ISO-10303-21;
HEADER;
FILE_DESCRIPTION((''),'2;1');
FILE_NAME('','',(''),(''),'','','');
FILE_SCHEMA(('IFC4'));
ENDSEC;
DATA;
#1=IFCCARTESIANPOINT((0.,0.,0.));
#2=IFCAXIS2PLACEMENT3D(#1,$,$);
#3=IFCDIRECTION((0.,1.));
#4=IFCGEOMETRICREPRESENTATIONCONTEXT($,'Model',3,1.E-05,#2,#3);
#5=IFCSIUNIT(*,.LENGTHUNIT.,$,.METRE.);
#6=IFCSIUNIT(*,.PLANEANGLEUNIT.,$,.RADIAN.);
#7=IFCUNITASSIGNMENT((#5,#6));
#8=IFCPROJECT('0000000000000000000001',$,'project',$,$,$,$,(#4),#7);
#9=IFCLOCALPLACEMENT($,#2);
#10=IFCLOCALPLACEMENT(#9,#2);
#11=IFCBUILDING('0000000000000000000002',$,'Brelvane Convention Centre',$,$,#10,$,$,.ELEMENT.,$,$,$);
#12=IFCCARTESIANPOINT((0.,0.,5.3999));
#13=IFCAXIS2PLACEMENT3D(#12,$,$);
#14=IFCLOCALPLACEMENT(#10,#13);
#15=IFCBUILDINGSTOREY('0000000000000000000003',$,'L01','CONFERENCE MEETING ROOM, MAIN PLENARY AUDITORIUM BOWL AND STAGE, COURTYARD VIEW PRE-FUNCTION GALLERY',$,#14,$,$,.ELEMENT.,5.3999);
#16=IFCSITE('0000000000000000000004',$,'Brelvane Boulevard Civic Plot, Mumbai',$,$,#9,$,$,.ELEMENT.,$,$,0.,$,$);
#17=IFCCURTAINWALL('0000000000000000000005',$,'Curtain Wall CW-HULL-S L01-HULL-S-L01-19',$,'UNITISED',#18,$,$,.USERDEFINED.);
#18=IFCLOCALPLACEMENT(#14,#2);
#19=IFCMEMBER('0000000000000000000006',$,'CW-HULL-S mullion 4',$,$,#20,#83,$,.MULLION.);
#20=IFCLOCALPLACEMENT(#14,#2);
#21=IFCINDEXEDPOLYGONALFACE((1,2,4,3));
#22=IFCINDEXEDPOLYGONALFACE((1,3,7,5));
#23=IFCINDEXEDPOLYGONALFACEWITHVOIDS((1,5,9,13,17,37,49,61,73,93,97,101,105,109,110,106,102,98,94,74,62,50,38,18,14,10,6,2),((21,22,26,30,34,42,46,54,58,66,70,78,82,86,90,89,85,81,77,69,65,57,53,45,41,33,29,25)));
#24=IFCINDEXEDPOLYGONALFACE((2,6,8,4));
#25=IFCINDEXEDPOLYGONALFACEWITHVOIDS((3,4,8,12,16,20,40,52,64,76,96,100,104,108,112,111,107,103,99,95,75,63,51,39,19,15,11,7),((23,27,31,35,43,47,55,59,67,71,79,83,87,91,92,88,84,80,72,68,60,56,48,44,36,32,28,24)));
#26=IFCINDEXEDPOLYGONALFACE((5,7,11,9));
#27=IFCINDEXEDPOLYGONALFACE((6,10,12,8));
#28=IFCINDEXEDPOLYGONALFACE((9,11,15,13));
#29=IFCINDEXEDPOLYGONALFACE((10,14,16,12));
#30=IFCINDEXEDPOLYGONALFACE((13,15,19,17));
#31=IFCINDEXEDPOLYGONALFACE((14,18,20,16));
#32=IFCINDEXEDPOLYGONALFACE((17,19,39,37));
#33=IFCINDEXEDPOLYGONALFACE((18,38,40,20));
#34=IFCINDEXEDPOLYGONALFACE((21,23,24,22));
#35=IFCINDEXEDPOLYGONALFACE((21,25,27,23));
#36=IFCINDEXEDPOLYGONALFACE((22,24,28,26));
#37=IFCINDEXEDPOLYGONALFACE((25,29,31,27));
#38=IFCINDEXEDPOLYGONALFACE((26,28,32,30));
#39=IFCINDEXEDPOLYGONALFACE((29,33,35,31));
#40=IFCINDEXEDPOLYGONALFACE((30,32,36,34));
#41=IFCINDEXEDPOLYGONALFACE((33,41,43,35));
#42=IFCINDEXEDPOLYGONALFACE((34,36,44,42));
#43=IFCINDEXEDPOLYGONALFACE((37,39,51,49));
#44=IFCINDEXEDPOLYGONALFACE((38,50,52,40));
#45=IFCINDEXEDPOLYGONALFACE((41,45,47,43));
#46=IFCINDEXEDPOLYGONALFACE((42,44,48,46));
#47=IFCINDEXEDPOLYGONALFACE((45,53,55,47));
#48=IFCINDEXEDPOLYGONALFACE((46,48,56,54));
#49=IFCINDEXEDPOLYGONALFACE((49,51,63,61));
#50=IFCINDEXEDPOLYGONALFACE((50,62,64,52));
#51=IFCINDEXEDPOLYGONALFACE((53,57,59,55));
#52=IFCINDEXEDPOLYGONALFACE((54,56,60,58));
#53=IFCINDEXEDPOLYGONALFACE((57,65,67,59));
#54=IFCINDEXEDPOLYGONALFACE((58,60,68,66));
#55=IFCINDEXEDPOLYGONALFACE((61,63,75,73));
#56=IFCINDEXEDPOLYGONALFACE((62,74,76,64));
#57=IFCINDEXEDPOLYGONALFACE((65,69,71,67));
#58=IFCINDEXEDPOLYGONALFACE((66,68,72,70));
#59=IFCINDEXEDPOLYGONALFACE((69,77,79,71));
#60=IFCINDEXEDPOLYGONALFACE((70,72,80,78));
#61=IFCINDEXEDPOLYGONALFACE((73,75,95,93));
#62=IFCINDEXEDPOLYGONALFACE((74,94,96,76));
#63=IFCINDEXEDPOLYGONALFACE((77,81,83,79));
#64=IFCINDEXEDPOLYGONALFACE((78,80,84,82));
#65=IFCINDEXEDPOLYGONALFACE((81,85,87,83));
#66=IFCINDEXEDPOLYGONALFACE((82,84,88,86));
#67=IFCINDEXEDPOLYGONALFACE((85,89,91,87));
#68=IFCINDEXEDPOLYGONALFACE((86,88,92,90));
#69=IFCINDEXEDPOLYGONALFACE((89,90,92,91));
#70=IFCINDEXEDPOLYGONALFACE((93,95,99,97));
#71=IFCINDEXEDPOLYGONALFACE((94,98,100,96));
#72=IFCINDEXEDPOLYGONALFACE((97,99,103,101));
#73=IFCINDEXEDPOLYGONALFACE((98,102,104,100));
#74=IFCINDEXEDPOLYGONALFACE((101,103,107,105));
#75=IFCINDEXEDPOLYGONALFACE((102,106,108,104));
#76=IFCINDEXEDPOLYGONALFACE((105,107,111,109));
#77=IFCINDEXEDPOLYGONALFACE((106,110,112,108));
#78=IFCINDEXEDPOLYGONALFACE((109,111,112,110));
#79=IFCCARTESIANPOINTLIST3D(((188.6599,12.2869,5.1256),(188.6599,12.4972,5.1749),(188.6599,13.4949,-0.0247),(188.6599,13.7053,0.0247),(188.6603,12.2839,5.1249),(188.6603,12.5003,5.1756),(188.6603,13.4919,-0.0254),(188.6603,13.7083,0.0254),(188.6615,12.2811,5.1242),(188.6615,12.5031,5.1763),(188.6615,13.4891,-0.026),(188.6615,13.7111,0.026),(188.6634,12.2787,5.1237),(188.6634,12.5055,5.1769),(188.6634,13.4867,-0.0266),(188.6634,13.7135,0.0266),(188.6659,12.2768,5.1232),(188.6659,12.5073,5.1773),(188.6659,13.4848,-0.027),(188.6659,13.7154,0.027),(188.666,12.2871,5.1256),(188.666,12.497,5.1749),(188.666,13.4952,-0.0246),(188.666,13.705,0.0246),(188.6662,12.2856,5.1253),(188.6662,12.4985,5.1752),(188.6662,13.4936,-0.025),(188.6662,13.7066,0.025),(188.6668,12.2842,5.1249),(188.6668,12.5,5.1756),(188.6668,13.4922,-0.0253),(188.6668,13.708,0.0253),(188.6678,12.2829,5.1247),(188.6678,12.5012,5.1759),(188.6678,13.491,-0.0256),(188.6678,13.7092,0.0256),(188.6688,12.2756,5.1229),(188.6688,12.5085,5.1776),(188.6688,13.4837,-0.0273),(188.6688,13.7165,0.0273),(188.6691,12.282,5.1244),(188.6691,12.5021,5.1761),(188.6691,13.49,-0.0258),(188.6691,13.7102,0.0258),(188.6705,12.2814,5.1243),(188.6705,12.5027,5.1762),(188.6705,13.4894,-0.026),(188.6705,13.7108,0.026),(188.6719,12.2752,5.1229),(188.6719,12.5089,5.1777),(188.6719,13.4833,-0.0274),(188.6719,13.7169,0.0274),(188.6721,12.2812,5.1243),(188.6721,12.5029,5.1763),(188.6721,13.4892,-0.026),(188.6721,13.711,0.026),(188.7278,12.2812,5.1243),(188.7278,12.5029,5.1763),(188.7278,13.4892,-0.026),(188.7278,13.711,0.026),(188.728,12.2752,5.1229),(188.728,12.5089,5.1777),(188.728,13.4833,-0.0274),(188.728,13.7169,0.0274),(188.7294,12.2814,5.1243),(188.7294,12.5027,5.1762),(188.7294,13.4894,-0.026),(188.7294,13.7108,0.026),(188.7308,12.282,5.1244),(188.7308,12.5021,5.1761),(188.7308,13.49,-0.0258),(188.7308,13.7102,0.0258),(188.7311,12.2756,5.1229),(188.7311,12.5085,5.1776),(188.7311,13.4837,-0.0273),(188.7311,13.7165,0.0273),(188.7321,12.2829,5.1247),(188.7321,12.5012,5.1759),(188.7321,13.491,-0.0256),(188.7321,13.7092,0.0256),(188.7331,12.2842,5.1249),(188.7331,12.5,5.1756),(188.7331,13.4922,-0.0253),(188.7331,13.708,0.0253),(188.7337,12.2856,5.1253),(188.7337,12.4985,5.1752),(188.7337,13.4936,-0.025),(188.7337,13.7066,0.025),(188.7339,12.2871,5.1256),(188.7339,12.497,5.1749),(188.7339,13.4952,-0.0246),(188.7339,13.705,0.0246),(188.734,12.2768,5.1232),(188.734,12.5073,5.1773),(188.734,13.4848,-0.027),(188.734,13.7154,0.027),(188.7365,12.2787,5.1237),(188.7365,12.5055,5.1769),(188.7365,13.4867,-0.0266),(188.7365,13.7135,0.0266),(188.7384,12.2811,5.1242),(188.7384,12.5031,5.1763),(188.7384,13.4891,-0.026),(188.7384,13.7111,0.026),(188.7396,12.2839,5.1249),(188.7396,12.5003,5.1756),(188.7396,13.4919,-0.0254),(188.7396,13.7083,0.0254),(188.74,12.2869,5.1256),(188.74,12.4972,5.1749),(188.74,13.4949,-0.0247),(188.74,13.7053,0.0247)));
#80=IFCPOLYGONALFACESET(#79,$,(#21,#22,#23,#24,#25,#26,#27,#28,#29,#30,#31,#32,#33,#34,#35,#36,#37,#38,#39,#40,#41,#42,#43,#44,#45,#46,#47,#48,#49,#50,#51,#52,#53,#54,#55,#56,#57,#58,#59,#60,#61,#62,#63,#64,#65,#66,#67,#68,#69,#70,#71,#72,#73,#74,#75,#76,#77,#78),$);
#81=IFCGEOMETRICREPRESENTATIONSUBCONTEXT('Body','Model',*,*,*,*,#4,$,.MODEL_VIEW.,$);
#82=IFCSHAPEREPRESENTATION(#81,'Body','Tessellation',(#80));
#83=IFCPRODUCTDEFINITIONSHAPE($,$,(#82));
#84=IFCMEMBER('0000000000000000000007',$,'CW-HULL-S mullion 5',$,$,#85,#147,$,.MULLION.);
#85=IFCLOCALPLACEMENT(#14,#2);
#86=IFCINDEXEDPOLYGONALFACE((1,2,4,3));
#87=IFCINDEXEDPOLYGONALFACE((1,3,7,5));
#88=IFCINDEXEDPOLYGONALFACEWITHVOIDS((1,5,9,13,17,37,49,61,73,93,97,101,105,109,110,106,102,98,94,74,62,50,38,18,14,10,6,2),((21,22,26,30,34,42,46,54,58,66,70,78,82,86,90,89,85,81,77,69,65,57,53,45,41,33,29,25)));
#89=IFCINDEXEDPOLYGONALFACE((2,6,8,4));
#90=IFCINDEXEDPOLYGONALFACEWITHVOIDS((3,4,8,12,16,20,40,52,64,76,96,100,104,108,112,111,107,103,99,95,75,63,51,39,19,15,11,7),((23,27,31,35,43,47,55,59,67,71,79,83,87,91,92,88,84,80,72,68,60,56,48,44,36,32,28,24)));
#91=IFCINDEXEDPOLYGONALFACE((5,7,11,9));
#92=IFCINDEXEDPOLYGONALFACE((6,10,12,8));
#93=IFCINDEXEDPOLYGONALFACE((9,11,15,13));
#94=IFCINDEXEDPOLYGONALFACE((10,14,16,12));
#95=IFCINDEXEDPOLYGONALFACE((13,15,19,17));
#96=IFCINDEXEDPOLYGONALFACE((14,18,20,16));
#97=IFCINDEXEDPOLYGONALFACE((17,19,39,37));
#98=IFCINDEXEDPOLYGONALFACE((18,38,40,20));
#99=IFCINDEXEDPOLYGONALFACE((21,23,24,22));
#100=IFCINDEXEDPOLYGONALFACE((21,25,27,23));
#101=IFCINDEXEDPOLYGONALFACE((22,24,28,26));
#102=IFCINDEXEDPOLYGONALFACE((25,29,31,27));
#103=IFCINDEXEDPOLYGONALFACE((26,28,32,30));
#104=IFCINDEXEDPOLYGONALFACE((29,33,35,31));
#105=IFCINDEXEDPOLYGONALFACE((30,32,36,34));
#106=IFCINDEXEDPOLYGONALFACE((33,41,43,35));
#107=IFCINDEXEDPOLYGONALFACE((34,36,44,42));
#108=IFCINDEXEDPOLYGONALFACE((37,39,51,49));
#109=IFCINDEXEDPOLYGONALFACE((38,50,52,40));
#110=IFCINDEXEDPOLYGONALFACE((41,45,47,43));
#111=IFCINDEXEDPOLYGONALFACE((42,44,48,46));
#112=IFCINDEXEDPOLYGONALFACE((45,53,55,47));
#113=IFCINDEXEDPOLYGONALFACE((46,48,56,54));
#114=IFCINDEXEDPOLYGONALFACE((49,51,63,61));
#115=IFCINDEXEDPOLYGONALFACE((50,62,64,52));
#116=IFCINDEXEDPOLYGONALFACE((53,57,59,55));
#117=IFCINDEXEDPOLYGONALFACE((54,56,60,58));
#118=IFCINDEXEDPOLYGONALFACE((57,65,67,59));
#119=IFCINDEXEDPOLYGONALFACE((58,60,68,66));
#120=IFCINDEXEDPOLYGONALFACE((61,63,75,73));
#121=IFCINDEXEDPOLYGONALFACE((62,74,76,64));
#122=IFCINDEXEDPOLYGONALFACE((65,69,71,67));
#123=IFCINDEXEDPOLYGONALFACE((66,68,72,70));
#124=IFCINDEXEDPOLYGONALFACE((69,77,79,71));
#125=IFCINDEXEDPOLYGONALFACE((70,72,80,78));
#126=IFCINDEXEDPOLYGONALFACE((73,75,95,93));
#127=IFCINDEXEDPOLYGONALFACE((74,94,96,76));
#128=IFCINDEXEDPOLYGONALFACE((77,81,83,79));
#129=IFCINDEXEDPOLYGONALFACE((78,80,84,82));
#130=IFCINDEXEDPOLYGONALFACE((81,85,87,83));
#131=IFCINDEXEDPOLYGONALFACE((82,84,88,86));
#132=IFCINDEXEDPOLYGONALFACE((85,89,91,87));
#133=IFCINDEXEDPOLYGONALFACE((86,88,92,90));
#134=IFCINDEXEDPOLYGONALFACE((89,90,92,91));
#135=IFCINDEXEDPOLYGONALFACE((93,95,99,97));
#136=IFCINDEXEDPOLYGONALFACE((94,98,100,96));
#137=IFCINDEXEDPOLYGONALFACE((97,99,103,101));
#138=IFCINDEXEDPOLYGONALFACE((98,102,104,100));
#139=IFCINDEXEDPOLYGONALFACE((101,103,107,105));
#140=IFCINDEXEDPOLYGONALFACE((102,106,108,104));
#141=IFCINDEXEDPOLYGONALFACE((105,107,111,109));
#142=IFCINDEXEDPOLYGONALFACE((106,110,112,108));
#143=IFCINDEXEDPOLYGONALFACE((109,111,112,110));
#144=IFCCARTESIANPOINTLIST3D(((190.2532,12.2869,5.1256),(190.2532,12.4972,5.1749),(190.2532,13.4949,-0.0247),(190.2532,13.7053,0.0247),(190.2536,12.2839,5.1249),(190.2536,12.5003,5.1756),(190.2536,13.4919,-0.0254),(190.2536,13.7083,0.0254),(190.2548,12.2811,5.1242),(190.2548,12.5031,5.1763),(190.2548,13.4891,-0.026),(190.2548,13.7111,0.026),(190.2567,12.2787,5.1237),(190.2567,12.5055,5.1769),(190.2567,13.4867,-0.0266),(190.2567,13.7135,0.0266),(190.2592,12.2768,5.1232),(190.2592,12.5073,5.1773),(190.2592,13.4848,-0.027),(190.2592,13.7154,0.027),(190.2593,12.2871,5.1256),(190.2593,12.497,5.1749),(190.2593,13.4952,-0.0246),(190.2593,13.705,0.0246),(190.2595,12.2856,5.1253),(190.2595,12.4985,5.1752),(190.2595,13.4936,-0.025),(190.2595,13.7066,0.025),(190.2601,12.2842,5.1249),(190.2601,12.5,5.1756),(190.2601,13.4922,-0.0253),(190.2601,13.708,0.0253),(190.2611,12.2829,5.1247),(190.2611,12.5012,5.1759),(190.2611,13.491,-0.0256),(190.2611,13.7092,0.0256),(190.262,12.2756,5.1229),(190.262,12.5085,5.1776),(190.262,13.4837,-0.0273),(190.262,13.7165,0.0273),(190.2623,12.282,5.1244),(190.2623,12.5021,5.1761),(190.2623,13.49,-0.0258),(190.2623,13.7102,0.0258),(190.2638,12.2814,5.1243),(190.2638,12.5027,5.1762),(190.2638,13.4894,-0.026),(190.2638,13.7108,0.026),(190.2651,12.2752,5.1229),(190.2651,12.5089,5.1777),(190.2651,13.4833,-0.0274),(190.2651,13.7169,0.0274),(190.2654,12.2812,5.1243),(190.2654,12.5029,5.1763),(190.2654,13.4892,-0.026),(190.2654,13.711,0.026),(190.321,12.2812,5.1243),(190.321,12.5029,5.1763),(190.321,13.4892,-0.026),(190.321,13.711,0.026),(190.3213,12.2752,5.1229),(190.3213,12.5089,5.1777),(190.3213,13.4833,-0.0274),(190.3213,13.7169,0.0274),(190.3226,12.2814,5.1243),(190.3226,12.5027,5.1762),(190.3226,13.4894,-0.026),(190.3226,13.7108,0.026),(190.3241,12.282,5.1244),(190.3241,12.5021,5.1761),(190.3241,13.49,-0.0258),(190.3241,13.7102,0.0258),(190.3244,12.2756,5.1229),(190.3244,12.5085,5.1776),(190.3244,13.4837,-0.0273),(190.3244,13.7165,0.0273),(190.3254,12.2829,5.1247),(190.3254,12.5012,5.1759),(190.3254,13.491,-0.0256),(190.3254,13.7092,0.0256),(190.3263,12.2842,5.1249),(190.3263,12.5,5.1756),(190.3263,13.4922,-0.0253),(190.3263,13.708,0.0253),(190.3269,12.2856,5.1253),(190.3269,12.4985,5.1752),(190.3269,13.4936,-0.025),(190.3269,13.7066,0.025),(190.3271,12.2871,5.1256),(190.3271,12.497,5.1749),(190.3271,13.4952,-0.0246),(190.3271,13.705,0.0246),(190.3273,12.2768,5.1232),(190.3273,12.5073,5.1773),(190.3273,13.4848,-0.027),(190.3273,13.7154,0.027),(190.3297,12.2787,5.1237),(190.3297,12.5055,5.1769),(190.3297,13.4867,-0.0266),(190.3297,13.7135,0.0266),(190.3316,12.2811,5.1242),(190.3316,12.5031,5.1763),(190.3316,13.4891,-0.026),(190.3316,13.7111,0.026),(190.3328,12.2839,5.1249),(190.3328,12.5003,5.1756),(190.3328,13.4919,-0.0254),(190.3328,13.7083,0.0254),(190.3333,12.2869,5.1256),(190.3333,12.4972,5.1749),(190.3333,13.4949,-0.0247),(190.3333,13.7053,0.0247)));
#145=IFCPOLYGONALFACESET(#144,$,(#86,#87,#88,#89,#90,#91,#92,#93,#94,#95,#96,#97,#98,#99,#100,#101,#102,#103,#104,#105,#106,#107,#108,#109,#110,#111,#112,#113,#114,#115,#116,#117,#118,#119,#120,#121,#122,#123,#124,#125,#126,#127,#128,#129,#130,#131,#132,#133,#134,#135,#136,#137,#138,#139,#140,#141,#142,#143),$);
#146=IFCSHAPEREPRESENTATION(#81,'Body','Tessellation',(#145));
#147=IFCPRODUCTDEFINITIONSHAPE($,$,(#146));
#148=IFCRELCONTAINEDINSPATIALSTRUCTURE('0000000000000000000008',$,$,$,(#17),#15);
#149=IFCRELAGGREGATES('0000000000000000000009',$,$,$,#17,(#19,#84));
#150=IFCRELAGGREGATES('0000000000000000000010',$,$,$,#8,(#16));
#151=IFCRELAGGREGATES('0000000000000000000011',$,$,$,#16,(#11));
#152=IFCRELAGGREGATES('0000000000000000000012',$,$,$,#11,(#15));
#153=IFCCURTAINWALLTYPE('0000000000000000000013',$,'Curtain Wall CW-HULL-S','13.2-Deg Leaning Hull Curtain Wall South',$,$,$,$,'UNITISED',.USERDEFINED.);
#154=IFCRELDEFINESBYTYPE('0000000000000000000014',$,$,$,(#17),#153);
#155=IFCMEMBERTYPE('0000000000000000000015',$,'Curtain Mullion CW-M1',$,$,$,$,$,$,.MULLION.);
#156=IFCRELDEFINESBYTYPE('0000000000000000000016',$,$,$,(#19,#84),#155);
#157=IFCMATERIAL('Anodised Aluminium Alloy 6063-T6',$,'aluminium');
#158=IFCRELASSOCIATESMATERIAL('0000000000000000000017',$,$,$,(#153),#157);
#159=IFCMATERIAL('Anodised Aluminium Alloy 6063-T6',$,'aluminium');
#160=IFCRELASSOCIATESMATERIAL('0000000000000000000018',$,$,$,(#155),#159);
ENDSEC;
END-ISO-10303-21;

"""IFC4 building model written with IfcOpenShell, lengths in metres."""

from ifc_helpers import new_model, si_unit, direction, frame, origin, origin_2d, place, context, subcontext, project, spatial, hollow_rectangle, extrude, material, material_profile, profile_set, type_object, element, aggregate, save


model = new_model("IFC4")

# Units and contexts
model_context = context("Model", 3, precision=1e-05, world=origin(), true_north=direction((0.0, 1.0)))
body_context = subcontext(model_context, "Body", "Model", "MODEL_VIEW")
ifc_project = project(units=[si_unit("LENGTHUNIT", "METRE"), si_unit("PLANEANGLEUNIT", "RADIAN")], contexts=[model_context])

# Site, building, storey
site_placement = place(None, origin())
site = spatial("IfcSite", under=ifc_project, at=site_placement, Name="Brelvane Boulevard Civic Plot, Mumbai", CompositionType="ELEMENT", RefElevation=0.0)
building_placement = place(site_placement, origin())
building = spatial("IfcBuilding", under=site, at=building_placement, Name="Brelvane Convention Centre", CompositionType="ELEMENT")
storey_placement = place(building_placement, frame((0.0, 0.0, 5.3999)))
storey = spatial("IfcBuildingStorey", under=building, at=storey_placement, Name="L01", Description="CONFERENCE MEETING ROOM, MAIN PLENARY AUDITORIUM BOWL AND STAGE, COURTYARD VIEW PRE-FUNCTION GALLERY", CompositionType="ELEMENT", Elevation=5.3999)

# Curtain wall, members
ifc_material_1 = material(Name="Anodised Aluminium Alloy 6063-T6", Category="aluminium")
curtain_wall_type = type_object("IfcCurtainWallType", Name="Curtain Wall CW-HULL-S", Description="13.2-Deg Leaning Hull Curtain Wall South", ElementType="UNITISED", PredefinedType="USERDEFINED", material=ifc_material_1)
ifc_material_2 = material(Name="Anodised Aluminium Alloy 6063-T6", Category="aluminium")
ifc_material_profile_1 = material_profile(ifc_material_2, hollow_rectangle(XDim=0.0801, YDim=0.24, WallThickness=0.0061, InnerFilletRadius=0.0061, OuterFilletRadius=0.012, at=origin_2d()), Name="ALU-M 240x80x6.0")
ifc_profile_set_1 = profile_set([ifc_material_profile_1], Name="Anodised Aluminium Alloy 6063-T6")
member_type_1 = type_object("IfcMemberType", Name="Curtain Mullion CW-M1", PredefinedType="MULLION", material=ifc_profile_set_1)
curtain_wall_1_placement = place(storey_placement, origin())
curtain_wall_1 = element("IfcCurtainWall", 1, at=curtain_wall_1_placement, inside=storey, type_object=curtain_wall_type, Name="Curtain Wall CW-HULL-S L01-HULL-S-L01-19", ObjectType="UNITISED", PredefinedType="USERDEFINED")
member_1_placement = place(storey_placement, frame((188.7, 13.6001, 0.0), z_axis=(0.0, -0.22836, 0.973577), x_axis=(1.0, 0.0, 0.0)))
member_1 = element("IfcMember", 2, at=member_1_placement, type_object=member_type_1, Name="CW-HULL-S mullion 4", PredefinedType="MULLION", context=body_context, shape_type="SweptSolid", body=[
    extrude(hollow_rectangle(XDim=0.0801, YDim=0.24, WallThickness=0.0061, InnerFilletRadius=0.0061, OuterFilletRadius=0.012, at=origin_2d()), origin(), (0.0, 0.0, 1.0), 5.29),
])
member_2_placement = place(storey_placement, frame((190.2932, 13.6001, 0.0), z_axis=(0.0, -0.22836, 0.973577), x_axis=(1.0, 0.0, 0.0)))
member_2 = element("IfcMember", 3, at=member_2_placement, type_object=member_type_1, Name="CW-HULL-S mullion 5", PredefinedType="MULLION", context=body_context, shape_type="SweptSolid", body=[
    extrude(hollow_rectangle(XDim=0.0801, YDim=0.24, WallThickness=0.0061, InnerFilletRadius=0.0061, OuterFilletRadius=0.012, at=origin_2d()), origin(), (0.0, 0.0, 1.0), 5.29),
])
aggregate(curtain_wall_1, [member_1, member_2])

save(model, "model.ifc")
